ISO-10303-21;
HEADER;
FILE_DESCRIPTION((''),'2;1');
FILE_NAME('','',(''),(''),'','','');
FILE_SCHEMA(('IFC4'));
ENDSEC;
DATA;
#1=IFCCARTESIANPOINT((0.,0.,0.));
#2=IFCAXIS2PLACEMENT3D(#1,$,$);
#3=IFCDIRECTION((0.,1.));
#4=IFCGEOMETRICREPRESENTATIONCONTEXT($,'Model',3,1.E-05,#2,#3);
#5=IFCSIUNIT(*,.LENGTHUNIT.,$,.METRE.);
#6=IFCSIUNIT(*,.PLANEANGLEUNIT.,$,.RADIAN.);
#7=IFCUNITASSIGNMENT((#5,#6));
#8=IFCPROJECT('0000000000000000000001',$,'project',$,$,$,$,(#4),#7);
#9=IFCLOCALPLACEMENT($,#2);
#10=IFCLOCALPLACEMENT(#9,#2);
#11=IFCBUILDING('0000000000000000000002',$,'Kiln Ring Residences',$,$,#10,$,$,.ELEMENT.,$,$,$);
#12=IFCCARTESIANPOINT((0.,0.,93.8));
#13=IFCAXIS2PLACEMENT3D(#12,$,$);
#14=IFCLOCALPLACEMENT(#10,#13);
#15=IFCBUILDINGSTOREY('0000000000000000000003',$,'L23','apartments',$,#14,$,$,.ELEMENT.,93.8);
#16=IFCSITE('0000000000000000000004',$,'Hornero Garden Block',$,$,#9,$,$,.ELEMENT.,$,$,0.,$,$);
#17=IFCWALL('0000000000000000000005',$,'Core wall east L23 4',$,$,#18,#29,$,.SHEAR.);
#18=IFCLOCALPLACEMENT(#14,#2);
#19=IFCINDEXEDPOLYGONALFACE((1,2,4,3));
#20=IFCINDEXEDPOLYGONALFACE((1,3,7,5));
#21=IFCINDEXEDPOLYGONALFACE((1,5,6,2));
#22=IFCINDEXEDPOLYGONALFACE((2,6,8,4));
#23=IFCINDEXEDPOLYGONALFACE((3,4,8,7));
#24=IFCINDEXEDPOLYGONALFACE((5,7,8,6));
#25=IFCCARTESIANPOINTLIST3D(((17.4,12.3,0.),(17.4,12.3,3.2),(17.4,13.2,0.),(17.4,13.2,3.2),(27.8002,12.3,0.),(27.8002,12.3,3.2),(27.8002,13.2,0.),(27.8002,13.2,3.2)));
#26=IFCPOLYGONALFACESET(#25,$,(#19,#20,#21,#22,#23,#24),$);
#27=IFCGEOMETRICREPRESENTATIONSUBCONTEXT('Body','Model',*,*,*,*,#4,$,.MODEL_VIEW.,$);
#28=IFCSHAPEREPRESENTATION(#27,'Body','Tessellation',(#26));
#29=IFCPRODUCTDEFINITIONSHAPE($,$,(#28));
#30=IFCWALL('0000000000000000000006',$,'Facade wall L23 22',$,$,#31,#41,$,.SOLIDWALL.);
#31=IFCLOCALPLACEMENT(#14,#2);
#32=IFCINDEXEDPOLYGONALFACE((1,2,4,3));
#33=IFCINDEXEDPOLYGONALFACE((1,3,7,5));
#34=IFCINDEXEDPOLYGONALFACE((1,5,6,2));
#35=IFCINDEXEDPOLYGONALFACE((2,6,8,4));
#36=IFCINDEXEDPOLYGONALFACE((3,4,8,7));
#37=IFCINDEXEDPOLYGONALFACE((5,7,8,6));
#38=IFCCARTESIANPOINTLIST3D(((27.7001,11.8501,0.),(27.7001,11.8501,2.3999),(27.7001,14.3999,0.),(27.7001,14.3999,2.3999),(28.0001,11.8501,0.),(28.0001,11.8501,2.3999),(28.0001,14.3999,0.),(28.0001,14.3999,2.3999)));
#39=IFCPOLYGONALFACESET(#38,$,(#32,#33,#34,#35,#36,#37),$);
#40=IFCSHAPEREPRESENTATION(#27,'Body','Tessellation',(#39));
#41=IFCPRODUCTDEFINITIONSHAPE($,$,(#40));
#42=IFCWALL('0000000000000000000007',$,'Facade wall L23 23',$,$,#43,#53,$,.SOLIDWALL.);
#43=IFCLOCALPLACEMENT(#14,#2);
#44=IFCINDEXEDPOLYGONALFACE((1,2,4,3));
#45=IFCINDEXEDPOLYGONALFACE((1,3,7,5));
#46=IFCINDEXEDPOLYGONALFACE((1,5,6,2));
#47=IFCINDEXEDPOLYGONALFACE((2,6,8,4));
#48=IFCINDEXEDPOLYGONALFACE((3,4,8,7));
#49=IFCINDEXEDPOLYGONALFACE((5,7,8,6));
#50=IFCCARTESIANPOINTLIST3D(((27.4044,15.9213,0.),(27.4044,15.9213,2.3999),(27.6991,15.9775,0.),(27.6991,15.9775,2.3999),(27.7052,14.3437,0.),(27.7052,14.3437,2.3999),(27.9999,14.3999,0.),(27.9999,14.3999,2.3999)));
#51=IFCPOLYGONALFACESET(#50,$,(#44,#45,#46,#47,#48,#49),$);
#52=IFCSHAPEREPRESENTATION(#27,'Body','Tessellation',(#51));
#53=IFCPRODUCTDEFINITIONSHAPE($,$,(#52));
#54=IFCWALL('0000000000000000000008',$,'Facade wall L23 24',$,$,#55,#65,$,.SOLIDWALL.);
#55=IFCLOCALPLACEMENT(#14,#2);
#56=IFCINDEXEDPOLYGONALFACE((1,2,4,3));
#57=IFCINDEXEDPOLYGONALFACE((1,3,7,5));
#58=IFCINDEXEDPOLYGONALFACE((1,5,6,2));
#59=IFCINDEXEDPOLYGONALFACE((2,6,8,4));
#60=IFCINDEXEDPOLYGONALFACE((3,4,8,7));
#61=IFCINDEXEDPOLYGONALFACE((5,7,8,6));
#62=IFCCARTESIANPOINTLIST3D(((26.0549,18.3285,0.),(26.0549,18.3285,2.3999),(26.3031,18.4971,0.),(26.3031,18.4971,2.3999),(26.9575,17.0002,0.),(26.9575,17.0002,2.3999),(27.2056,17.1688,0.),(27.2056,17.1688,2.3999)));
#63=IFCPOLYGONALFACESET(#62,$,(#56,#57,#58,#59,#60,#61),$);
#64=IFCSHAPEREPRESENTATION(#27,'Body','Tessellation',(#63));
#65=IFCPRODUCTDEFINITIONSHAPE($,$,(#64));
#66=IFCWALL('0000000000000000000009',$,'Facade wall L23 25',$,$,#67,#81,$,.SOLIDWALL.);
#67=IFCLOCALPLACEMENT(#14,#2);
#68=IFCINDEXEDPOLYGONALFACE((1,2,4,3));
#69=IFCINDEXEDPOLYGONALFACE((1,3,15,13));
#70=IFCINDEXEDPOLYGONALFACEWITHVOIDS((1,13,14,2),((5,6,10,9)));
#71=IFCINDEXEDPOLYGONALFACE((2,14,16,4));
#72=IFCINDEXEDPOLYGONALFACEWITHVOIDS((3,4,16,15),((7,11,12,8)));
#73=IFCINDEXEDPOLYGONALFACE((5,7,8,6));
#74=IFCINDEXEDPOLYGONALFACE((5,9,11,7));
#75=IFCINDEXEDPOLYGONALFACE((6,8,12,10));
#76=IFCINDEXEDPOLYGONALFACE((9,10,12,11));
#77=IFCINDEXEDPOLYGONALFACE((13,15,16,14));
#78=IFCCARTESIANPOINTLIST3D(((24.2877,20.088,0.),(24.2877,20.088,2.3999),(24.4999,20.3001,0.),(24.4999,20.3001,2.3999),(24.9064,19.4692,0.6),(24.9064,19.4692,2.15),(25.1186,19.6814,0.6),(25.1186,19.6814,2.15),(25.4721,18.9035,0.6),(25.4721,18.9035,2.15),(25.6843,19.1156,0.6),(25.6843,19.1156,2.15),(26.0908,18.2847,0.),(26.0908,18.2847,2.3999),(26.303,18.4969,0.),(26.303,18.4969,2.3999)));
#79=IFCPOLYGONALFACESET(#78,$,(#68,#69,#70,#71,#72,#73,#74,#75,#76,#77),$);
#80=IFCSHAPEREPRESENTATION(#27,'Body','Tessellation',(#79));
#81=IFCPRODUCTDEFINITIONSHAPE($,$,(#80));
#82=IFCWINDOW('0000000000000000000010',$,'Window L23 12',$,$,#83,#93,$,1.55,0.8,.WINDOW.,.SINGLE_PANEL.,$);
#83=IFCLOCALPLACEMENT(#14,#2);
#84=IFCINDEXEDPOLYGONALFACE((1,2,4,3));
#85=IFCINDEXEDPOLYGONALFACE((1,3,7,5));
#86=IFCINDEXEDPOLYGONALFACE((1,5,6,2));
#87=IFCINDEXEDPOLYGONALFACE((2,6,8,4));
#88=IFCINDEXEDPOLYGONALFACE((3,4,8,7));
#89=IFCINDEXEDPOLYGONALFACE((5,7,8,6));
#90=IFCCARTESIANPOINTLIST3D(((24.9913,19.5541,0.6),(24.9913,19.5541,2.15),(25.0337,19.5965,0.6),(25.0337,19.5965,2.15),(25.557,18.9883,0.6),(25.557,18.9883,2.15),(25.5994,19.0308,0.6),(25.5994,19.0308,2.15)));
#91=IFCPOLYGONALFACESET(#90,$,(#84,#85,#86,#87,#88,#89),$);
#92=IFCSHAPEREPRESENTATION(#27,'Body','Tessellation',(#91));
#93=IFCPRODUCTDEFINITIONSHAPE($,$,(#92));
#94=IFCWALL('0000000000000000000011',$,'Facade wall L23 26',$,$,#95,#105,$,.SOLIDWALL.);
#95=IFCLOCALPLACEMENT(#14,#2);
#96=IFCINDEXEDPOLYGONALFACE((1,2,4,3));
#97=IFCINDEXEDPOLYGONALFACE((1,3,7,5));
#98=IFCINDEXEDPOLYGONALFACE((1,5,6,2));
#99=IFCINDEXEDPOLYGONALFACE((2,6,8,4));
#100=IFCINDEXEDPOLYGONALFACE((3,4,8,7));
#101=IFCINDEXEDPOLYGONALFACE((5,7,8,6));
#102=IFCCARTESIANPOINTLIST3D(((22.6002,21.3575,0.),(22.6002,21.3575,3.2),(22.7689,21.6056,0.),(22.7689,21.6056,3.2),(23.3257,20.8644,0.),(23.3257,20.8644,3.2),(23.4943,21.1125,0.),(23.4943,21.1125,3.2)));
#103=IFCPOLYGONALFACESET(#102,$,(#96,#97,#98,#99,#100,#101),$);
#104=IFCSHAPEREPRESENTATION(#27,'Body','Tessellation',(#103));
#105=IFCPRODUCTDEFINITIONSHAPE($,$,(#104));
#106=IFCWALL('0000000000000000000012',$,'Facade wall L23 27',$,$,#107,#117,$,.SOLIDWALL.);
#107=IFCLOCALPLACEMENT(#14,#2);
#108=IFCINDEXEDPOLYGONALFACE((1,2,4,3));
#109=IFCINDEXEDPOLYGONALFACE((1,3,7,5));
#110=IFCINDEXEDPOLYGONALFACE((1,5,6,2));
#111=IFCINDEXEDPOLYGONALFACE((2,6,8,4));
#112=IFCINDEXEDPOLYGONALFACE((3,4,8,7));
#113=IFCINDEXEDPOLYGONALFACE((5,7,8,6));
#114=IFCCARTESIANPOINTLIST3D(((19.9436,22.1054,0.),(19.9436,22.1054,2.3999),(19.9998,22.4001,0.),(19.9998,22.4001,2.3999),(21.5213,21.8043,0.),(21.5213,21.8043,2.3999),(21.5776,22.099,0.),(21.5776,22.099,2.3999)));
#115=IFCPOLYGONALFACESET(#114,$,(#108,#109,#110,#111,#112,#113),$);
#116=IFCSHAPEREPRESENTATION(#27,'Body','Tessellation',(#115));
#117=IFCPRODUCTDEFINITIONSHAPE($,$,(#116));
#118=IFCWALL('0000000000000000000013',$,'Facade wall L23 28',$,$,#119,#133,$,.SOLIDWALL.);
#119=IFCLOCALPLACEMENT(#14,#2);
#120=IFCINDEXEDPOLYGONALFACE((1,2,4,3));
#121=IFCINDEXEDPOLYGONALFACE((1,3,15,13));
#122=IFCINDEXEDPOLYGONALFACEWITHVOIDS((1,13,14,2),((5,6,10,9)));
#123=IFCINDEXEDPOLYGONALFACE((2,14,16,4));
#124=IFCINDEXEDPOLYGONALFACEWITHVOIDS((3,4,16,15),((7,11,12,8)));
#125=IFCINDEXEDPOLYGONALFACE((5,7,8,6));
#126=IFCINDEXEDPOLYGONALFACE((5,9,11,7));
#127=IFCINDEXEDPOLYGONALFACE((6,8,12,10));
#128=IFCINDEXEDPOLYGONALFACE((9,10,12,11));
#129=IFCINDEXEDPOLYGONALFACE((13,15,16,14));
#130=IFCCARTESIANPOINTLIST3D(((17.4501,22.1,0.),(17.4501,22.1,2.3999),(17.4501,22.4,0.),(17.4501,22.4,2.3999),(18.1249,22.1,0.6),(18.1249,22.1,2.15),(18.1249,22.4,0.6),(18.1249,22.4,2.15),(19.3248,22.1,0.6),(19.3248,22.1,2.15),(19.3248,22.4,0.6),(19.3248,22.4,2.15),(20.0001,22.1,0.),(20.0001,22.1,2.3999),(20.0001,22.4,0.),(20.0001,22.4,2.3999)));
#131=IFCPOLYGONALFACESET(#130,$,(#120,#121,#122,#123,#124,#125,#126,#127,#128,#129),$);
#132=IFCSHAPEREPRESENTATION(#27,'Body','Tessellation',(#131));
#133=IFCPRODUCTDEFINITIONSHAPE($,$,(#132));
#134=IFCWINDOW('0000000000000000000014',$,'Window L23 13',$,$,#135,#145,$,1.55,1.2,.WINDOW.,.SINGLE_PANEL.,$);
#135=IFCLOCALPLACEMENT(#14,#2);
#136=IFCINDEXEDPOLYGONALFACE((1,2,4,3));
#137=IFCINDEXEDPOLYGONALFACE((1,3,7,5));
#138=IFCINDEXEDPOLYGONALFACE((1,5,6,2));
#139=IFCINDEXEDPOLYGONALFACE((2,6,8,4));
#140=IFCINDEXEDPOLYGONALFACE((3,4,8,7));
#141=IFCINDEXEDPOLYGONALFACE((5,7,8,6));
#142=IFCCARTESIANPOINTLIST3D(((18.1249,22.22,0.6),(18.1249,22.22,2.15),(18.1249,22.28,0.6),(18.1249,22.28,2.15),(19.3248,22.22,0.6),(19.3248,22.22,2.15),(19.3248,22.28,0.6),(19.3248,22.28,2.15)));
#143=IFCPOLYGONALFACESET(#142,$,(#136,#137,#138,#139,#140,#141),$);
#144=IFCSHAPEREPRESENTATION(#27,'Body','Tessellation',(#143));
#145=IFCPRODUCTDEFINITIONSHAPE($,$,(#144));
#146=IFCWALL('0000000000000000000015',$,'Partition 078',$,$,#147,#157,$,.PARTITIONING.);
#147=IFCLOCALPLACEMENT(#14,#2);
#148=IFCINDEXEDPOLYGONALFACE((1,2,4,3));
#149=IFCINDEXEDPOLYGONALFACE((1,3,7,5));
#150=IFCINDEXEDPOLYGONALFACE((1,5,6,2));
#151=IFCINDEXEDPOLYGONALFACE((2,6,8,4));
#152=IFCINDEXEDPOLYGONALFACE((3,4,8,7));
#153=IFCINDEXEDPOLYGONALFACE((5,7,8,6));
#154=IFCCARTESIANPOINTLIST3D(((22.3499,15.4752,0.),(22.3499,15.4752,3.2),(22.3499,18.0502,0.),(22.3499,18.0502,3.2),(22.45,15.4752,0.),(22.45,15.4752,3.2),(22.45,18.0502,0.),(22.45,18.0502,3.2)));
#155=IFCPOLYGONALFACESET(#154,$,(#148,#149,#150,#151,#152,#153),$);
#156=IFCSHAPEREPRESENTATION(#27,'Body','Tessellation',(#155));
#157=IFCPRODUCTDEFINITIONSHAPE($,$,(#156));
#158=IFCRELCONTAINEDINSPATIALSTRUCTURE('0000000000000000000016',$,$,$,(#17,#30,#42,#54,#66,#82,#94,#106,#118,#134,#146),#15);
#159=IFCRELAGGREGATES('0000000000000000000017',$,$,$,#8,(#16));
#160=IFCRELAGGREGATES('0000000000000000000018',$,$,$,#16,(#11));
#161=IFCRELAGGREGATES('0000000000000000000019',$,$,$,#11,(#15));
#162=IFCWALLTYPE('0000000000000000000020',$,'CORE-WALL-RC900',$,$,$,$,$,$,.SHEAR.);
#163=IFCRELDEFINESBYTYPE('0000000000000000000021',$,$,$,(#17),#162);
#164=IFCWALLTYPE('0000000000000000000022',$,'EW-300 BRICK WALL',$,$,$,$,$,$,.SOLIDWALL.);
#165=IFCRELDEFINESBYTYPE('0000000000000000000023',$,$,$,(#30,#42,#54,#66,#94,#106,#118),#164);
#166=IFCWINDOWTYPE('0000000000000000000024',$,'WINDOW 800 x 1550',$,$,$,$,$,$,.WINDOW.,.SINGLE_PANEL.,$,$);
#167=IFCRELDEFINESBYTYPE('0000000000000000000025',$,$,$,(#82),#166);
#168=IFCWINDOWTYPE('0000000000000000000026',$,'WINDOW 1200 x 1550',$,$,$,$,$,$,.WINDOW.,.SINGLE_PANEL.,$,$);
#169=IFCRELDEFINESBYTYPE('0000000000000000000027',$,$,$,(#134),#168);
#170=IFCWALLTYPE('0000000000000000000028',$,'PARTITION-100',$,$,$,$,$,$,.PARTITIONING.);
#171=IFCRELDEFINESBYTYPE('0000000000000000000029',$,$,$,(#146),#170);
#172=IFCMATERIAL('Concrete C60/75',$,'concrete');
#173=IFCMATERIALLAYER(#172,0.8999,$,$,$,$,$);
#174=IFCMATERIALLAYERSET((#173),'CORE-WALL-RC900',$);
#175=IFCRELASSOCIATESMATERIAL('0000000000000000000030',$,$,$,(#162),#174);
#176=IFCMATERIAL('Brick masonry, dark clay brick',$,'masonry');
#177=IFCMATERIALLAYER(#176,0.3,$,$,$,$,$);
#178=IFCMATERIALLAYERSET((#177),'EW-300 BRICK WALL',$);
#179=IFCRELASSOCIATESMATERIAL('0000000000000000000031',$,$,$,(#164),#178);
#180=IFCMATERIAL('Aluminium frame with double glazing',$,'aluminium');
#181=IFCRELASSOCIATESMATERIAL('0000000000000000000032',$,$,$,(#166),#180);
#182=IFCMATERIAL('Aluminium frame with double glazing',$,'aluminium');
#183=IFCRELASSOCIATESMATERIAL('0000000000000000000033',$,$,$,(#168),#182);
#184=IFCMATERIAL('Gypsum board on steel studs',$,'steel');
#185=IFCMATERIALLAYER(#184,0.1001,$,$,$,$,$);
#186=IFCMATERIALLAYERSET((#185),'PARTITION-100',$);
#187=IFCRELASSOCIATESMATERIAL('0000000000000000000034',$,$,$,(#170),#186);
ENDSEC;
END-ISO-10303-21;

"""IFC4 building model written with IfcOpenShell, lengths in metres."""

from ifc_helpers import new_model, si_unit, direction, frame, frame_2d, origin, place, context, subcontext, project, spatial, rectangle, extrude, material, layer, layer_set, type_object, element, fill, save


model = new_model("IFC4")

# Units and contexts
model_context = context("Model", 3, precision=1e-05, world=origin(), true_north=direction((0.0, 1.0)))
body_context = subcontext(model_context, "Body", "Model", "MODEL_VIEW")
ifc_project = project(units=[si_unit("LENGTHUNIT", "METRE"), si_unit("PLANEANGLEUNIT", "RADIAN")], contexts=[model_context])

# Site, building, storey
site_placement = place(None, origin())
site = spatial("IfcSite", under=ifc_project, at=site_placement, Name="Hornero Garden Block", CompositionType="ELEMENT", RefElevation=0.0)
building_placement = place(site_placement, origin())
building = spatial("IfcBuilding", under=site, at=building_placement, Name="Kiln Ring Residences", CompositionType="ELEMENT")
storey_placement = place(building_placement, frame((0.0, 0.0, 93.8)))
storey = spatial("IfcBuildingStorey", under=building, at=storey_placement, Name="L23", Description="apartments", CompositionType="ELEMENT", Elevation=93.8)

# Walls
ifc_material_1 = material(Name="Concrete C60/75", Category="concrete")
ifc_layer_1 = layer(ifc_material_1, 0.8999)
ifc_layer_set_1 = layer_set([ifc_layer_1], Name="CORE-WALL-RC900")
wall_type_1 = type_object("IfcWallType", Name="CORE-WALL-RC900", PredefinedType="SHEAR", material=ifc_layer_set_1)
wall_1_placement = place(storey_placement, frame((17.3999, 12.75, 0.0), z_axis=(0.0, 0.0, 1.0), x_axis=(1.0, 0.0, 0.0)))
element("IfcWall", 1, at=wall_1_placement, inside=storey, type_object=wall_type_1, Name="Core wall east L23 4", PredefinedType="SHEAR", context=body_context, shape_type="SweptSolid", body=[
    extrude(rectangle(XDim=10.4001, YDim=0.8999, at=frame_2d((5.2002, 0.0))), origin(), (0.0, 0.0, 1.0), 3.2),
])
ifc_material_2 = material(Name="Brick masonry, dark clay brick", Category="masonry")
ifc_layer_2 = layer(ifc_material_2, 0.3)
ifc_layer_set_2 = layer_set([ifc_layer_2], Name="EW-300 BRICK WALL")
wall_type_2 = type_object("IfcWallType", Name="EW-300 BRICK WALL", PredefinedType="SOLIDWALL", material=ifc_layer_set_2)
wall_2_placement = place(storey_placement, frame((27.8501, 11.8501, 0.0), z_axis=(0.0, 0.0, 1.0), x_axis=(0.0, 1.0, 0.0)))
element("IfcWall", 2, at=wall_2_placement, inside=storey, type_object=wall_type_2, Name="Facade wall L23 22", PredefinedType="SOLIDWALL", context=body_context, shape_type="SweptSolid", body=[
    extrude(rectangle(XDim=2.5498, YDim=0.3, at=frame_2d((1.2749, 0.0))), origin(), (0.0, 0.0, 1.0), 2.3999),
])
for number, where, z_axis, x_axis, name in (
    (3, (27.8525, 14.3718, 0.0), (0.0, 0.0, 1.0), (-0.18728, 0.982307, 0.0), "Facade wall L23 23"),
    (4, (27.0815, 17.0845, 0.0), (0.0, 0.0, 1.0), (-0.562011, 0.82713, 0.0), "Facade wall L23 24"),
):
    element("IfcWall", number, at=place(storey_placement, frame(where, z_axis=z_axis, x_axis=x_axis)), inside=storey, type_object=wall_type_2, Name=name, PredefinedType="SOLIDWALL", context=body_context, shape_type="SweptSolid", body=[
        extrude(rectangle(XDim=1.606, YDim=0.3, at=frame_2d((0.803, 0.0))), origin(), (0.0, 0.0, 1.0), 2.3999),
    ])

# Wall, opening, window
wall_3_placement = place(storey_placement, frame((26.1968, 18.3909, 0.0), z_axis=(0.0, 0.0, 1.0), x_axis=(-0.707059, 0.707155, 0.0)))
wall_3 = element("IfcWall", 5, at=wall_3_placement, inside=storey, type_object=wall_type_2, Name="Facade wall L23 25", PredefinedType="SOLIDWALL", context=body_context, shape_type="SweptSolid", body=[
    extrude(rectangle(XDim=2.55, YDim=0.3, at=frame_2d((1.2749, 0.0))), origin(), (0.0, 0.0, 1.0), 2.3999),
])
opening_1_placement = place(wall_3_placement, frame((0.875, 0.0, 0.6001)))
opening_1 = element("IfcOpeningElement", 6, at=opening_1_placement, cuts=wall_3, PredefinedType="OPENING", context=body_context, shape_type="SweptSolid", body=[
    extrude(rectangle(XDim=0.8, YDim=1.55, at=frame_2d((0.3999, 0.7749))), frame((0.0, 0.1599, 0.0), z_axis=(0.0, -1.0, 0.0), x_axis=(1.0, 0.0, 0.0)), (0.0, 0.0, 1.0), 0.3201),
])
ifc_material_3 = material(Name="Aluminium frame with double glazing", Category="aluminium")
window_type_1 = type_object("IfcWindowType", Name="WINDOW 800 x 1550", PartitioningType="SINGLE_PANEL", PredefinedType="WINDOW", material=ifc_material_3)
window_1_placement = place(opening_1_placement, origin())
window_1 = element("IfcWindow", 7, at=window_1_placement, inside=storey, type_object=window_type_1, Name="Window L23 12", OverallHeight=1.55, OverallWidth=0.8, PartitioningType="SINGLE_PANEL", PredefinedType="WINDOW", context=body_context, shape_type="SweptSolid", body=[
    extrude(rectangle(XDim=0.8, YDim=1.55, at=frame_2d((0.3999, 0.7749))), frame((0.0, 0.03, 0.0), z_axis=(0.0, -1.0, 0.0), x_axis=(1.0, 0.0, 0.0)), (0.0, 0.0, 1.0), 0.0601),
])
fill(opening_1, window_1)

# Walls
wall_4_placement = place(storey_placement, frame((23.4099, 20.9885, 0.0), z_axis=(0.0, 0.0, 1.0), x_axis=(-0.827051, 0.562127, 0.0)))
element("IfcWall", 8, at=wall_4_placement, inside=storey, type_object=wall_type_2, Name="Facade wall L23 26", PredefinedType="SOLIDWALL", context=body_context, shape_type="SweptSolid", body=[
    extrude(rectangle(XDim=0.8772, YDim=0.3, at=frame_2d((0.4385, 0.0))), origin(), (0.0, 0.0, 1.0), 3.2),
])
wall_5_placement = place(storey_placement, frame((21.5496, 21.9517, 0.0), z_axis=(0.0, 0.0, 1.0), x_axis=(-0.982279, 0.187426, 0.0)))
element("IfcWall", 9, at=wall_5_placement, inside=storey, type_object=wall_type_2, Name="Facade wall L23 27", PredefinedType="SOLIDWALL", context=body_context, shape_type="SweptSolid", body=[
    extrude(rectangle(XDim=1.6062, YDim=0.3, at=frame_2d((0.8032, 0.0))), origin(), (0.0, 0.0, 1.0), 2.3999),
])

# Wall, opening, window
wall_6_placement = place(storey_placement, frame((20.0, 22.25, 0.0), z_axis=(0.0, 0.0, 1.0), x_axis=(-1.0, 0.0, 0.0)))
wall_6 = element("IfcWall", 10, at=wall_6_placement, inside=storey, type_object=wall_type_2, Name="Facade wall L23 28", PredefinedType="SOLIDWALL", context=body_context, shape_type="SweptSolid", body=[
    extrude(rectangle(XDim=2.55, YDim=0.3, at=frame_2d((1.2749, 0.0))), origin(), (0.0, 0.0, 1.0), 2.3999),
])
opening_2_placement = place(wall_6_placement, frame((0.675, 0.0, 0.6001)))
opening_2 = element("IfcOpeningElement", 11, at=opening_2_placement, cuts=wall_6, PredefinedType="OPENING", context=body_context, shape_type="SweptSolid", body=[
    extrude(rectangle(XDim=1.2, YDim=1.55, at=frame_2d((0.6001, 0.7749))), frame((0.0, 0.1599, 0.0), z_axis=(0.0, -1.0, 0.0), x_axis=(1.0, 0.0, 0.0)), (0.0, 0.0, 1.0), 0.3201),
])
ifc_material_4 = material(Name="Aluminium frame with double glazing", Category="aluminium")
window_type_2 = type_object("IfcWindowType", Name="WINDOW 1200 x 1550", PartitioningType="SINGLE_PANEL", PredefinedType="WINDOW", material=ifc_material_4)
window_2_placement = place(opening_2_placement, origin())
window_2 = element("IfcWindow", 12, at=window_2_placement, inside=storey, type_object=window_type_2, Name="Window L23 13", OverallHeight=1.55, OverallWidth=1.2, PartitioningType="SINGLE_PANEL", PredefinedType="WINDOW", context=body_context, shape_type="SweptSolid", body=[
    extrude(rectangle(XDim=1.2, YDim=1.55, at=frame_2d((0.6001, 0.7749))), frame((0.0, 0.03, 0.0), z_axis=(0.0, -1.0, 0.0), x_axis=(1.0, 0.0, 0.0)), (0.0, 0.0, 1.0), 0.0601),
])
fill(opening_2, window_2)

# Wall
ifc_material_5 = material(Name="Gypsum board on steel studs", Category="steel")
ifc_layer_3 = layer(ifc_material_5, 0.1001)
ifc_layer_set_3 = layer_set([ifc_layer_3], Name="PARTITION-100")
wall_type_3 = type_object("IfcWallType", Name="PARTITION-100", PredefinedType="PARTITIONING", material=ifc_layer_set_3)
wall_7_placement = place(storey_placement, frame((22.3999, 15.4751, 0.0), z_axis=(0.0, 0.0, 1.0), x_axis=(0.0, 1.0, 0.0)))
element("IfcWall", 13, at=wall_7_placement, inside=storey, type_object=wall_type_3, Name="Partition 078", PredefinedType="PARTITIONING", context=body_context, shape_type="SweptSolid", body=[
    extrude(rectangle(XDim=2.575, YDim=0.1001, at=frame_2d((1.2876, 0.0))), origin(), (0.0, 0.0, 1.0), 3.2),
])

save(model, "model.ifc")
